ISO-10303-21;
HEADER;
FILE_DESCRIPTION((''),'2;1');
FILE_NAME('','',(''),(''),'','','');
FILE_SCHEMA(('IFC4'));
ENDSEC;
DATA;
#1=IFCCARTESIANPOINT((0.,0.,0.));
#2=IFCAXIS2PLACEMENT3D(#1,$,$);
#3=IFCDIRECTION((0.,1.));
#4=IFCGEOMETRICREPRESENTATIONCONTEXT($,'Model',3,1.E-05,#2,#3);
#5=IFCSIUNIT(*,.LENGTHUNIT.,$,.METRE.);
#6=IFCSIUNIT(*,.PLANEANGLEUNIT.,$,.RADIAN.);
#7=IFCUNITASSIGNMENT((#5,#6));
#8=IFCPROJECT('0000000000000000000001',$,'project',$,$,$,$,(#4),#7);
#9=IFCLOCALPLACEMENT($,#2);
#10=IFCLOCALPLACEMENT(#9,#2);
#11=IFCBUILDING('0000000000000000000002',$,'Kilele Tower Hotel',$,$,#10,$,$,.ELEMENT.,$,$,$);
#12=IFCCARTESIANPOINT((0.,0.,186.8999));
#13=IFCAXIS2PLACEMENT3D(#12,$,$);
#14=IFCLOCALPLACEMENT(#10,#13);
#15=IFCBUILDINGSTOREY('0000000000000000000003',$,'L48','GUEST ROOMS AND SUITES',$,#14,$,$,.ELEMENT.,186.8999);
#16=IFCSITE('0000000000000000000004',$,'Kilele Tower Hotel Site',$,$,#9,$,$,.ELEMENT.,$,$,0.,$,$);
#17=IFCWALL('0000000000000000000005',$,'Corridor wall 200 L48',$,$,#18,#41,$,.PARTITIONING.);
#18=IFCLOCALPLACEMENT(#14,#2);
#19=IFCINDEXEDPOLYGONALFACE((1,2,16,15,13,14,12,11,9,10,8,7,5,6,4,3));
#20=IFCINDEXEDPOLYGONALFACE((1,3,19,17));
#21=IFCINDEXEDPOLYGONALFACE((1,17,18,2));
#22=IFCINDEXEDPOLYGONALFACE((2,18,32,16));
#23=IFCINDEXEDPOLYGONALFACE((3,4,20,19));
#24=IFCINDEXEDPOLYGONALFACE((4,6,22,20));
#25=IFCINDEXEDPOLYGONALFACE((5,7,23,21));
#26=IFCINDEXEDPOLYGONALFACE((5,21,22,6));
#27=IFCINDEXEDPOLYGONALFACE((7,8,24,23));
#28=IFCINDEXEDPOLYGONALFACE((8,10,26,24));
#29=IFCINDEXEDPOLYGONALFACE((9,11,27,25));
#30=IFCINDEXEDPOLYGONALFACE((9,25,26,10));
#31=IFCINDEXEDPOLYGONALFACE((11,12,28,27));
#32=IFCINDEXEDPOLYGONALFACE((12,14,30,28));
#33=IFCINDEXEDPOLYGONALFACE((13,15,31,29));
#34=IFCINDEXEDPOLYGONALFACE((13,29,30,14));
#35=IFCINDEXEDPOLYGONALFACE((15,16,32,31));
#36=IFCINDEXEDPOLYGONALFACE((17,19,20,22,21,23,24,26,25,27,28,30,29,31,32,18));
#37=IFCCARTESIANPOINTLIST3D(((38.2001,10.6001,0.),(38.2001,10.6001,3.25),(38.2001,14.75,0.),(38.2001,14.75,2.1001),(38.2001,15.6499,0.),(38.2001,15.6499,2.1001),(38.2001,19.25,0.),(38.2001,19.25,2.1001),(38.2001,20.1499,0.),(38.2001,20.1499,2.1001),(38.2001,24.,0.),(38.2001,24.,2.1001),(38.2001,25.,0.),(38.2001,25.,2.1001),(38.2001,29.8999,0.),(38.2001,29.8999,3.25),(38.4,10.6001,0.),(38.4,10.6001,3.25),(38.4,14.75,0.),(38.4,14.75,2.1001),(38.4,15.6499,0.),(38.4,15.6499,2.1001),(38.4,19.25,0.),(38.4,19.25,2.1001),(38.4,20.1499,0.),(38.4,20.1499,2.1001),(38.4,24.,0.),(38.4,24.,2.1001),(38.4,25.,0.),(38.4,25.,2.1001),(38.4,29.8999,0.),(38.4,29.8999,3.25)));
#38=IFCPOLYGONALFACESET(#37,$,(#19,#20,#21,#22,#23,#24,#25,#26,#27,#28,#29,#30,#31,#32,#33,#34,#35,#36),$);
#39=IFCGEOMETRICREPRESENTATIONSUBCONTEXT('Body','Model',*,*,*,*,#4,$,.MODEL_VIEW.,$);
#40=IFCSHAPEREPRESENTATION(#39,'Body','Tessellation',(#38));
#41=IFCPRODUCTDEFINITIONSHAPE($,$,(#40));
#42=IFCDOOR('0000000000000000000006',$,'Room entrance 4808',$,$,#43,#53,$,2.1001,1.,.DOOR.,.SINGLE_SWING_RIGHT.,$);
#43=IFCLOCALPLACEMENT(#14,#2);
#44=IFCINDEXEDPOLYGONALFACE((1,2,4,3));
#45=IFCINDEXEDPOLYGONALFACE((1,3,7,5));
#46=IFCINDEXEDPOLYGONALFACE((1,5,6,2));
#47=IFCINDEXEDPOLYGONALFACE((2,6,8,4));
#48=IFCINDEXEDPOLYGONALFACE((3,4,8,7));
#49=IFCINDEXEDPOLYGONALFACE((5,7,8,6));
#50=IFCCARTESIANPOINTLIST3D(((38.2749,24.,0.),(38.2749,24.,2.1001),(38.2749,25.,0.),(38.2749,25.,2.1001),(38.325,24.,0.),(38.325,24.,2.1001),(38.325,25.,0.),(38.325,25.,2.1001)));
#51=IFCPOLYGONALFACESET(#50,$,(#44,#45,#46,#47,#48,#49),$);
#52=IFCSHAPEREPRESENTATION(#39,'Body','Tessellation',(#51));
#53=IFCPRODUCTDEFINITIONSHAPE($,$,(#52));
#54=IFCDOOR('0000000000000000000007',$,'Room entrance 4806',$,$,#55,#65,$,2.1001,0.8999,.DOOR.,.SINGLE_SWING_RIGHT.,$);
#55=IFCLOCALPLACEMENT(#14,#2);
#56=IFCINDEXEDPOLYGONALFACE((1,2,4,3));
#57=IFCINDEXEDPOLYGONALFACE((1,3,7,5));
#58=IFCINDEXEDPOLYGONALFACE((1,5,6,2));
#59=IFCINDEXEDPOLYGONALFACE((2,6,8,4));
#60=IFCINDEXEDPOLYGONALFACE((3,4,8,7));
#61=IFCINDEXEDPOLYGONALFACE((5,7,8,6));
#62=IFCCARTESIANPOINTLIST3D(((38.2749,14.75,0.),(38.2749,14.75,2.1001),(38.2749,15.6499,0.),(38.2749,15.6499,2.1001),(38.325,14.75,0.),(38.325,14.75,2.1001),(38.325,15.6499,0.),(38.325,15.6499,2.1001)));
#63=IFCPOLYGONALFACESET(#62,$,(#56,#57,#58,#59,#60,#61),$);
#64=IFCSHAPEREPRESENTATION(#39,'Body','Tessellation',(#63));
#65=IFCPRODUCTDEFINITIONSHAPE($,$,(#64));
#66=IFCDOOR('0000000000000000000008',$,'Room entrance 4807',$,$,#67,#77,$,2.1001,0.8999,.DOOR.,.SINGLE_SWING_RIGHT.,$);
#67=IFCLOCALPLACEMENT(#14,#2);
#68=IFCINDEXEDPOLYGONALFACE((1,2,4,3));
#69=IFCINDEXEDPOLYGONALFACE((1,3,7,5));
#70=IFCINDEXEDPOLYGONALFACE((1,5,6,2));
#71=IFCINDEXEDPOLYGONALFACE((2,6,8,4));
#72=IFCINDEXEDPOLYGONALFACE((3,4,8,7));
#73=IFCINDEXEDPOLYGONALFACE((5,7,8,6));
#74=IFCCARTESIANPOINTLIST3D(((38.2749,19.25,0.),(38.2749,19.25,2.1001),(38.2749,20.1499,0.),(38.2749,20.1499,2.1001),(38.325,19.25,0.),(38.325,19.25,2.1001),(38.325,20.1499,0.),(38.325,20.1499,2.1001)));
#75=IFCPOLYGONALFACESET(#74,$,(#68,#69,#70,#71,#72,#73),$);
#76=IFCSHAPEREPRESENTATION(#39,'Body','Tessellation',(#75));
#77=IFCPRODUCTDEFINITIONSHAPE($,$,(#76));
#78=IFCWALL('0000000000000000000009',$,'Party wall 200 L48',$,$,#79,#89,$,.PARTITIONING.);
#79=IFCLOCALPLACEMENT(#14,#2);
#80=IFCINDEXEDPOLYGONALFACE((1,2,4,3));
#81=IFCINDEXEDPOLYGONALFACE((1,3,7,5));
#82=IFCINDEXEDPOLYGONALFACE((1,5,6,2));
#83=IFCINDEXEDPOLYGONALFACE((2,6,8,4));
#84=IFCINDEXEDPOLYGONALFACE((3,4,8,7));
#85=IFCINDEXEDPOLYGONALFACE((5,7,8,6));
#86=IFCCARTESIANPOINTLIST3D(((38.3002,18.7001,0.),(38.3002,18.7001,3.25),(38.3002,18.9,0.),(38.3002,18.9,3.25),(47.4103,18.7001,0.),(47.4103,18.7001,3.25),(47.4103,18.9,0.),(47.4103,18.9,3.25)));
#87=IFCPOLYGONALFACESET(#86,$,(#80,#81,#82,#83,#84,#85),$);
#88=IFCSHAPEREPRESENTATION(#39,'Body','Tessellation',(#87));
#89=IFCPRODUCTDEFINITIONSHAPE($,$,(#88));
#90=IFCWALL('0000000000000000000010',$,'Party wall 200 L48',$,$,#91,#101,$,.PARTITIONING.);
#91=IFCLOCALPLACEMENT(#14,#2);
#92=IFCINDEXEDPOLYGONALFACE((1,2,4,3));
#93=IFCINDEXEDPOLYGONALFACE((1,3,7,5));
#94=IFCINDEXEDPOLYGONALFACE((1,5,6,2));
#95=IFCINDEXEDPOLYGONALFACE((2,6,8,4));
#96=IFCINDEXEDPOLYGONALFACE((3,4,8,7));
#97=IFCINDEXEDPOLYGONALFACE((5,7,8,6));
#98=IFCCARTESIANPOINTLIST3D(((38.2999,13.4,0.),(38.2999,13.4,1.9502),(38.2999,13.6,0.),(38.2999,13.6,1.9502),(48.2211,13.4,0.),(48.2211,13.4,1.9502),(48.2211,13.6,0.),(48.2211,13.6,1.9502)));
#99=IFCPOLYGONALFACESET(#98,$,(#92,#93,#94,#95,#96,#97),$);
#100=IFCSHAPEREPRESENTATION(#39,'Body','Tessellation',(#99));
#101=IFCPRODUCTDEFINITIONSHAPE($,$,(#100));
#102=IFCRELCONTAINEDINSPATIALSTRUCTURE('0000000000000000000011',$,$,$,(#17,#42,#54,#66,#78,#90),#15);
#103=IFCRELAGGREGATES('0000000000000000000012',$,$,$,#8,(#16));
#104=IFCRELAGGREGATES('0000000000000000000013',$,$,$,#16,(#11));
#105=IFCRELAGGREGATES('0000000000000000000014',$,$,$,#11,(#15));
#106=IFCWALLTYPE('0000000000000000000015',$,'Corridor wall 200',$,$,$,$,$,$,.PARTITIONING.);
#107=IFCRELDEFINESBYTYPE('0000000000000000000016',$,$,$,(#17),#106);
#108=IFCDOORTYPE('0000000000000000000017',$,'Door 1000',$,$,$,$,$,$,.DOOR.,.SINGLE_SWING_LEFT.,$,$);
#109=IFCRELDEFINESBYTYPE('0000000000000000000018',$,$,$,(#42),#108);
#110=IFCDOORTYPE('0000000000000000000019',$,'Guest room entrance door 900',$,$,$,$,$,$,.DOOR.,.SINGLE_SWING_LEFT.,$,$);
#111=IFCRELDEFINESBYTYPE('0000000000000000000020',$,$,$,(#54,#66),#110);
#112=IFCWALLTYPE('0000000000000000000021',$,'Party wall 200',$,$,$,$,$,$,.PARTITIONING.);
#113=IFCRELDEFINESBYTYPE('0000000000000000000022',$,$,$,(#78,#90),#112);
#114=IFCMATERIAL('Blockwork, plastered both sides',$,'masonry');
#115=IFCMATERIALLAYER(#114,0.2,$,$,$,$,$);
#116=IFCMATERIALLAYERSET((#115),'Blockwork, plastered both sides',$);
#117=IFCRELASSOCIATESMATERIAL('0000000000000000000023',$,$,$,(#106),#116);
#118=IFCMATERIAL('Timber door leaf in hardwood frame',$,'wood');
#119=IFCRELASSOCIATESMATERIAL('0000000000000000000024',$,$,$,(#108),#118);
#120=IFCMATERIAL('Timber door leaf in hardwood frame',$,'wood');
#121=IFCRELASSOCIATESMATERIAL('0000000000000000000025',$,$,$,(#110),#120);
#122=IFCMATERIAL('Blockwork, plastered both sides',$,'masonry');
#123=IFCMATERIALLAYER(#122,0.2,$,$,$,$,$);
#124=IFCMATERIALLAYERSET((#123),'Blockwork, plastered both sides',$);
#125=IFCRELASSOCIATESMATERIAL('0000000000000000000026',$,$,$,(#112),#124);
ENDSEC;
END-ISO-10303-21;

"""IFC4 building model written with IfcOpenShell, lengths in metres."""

from ifc_helpers import new_model, si_unit, direction, frame, frame_2d, origin, place, context, subcontext, project, spatial, rectangle, extrude, material, layer, layer_set, type_object, element, fill, save


model = new_model("IFC4")

# Units and contexts
model_context = context("Model", 3, precision=1e-05, world=origin(), true_north=direction((0.0, 1.0)))
body_context = subcontext(model_context, "Body", "Model", "MODEL_VIEW")
ifc_project = project(units=[si_unit("LENGTHUNIT", "METRE"), si_unit("PLANEANGLEUNIT", "RADIAN")], contexts=[model_context])

# Site, building, storey
site_placement = place(None, origin())
site = spatial("IfcSite", under=ifc_project, at=site_placement, Name="Kilele Tower Hotel Site", CompositionType="ELEMENT", RefElevation=0.0)
building_placement = place(site_placement, origin())
building = spatial("IfcBuilding", under=site, at=building_placement, Name="Kilele Tower Hotel", CompositionType="ELEMENT")
storey_placement = place(building_placement, frame((0.0, 0.0, 186.8999)))
storey = spatial("IfcBuildingStorey", under=building, at=storey_placement, Name="L48", Description="GUEST ROOMS AND SUITES", CompositionType="ELEMENT", Elevation=186.8999)

# Wall, openings, doors
ifc_material_1 = material(Name="Blockwork, plastered both sides", Category="masonry")
ifc_layer_1 = layer(ifc_material_1, 0.2)
ifc_layer_set_1 = layer_set([ifc_layer_1], Name="Blockwork, plastered both sides")
wall_type_1 = type_object("IfcWallType", Name="Corridor wall 200", PredefinedType="PARTITIONING", material=ifc_layer_set_1)
wall_1_placement = place(storey_placement, frame((38.3, 10.6001, 0.0), z_axis=(0.0, 0.0, 1.0), x_axis=(0.0, 1.0, 0.0)))
wall_1 = element("IfcWall", 1, at=wall_1_placement, inside=storey, type_object=wall_type_1, Name="Corridor wall 200 L48", PredefinedType="PARTITIONING", context=body_context, shape_type="SweptSolid", body=[
    extrude(rectangle(XDim=19.2998, YDim=0.2, at=frame_2d((9.6499, 0.0))), origin(), (0.0, 0.0, 1.0), 3.25),
])
opening_1_placement = place(wall_1_placement, frame((5.0498, 0.0, 0.0), z_axis=(0.0, 0.0, 1.0), x_axis=(-1.0, 0.0, 0.0)))
opening_1 = element("IfcOpeningElement", 2, at=opening_1_placement, cuts=wall_1, PredefinedType="OPENING", context=body_context, shape_type="SweptSolid", body=[
    extrude(rectangle(XDim=0.8999, YDim=2.1001, at=frame_2d((0.45, 1.05))), frame((0.0, 0.1099, 0.0), z_axis=(0.0, -1.0, 0.0), x_axis=(1.0, 0.0, 0.0)), (0.0, 0.0, 1.0), 0.22),
])
opening_2_placement = place(wall_1_placement, frame((9.5498, 0.0, 0.0), z_axis=(0.0, 0.0, 1.0), x_axis=(-1.0, 0.0, 0.0)))
opening_2 = element("IfcOpeningElement", 3, at=opening_2_placement, cuts=wall_1, PredefinedType="OPENING", context=body_context, shape_type="SweptSolid", body=[
    extrude(rectangle(XDim=0.8999, YDim=2.1001, at=frame_2d((0.45, 1.05))), frame((0.0, 0.1099, 0.0), z_axis=(0.0, -1.0, 0.0), x_axis=(1.0, 0.0, 0.0)), (0.0, 0.0, 1.0), 0.22),
])
opening_3_placement = place(wall_1_placement, frame((14.3999, 0.0, 0.0), z_axis=(0.0, 0.0, 1.0), x_axis=(-1.0, 0.0, 0.0)))
opening_3 = element("IfcOpeningElement", 4, at=opening_3_placement, cuts=wall_1, PredefinedType="OPENING", context=body_context, shape_type="SweptSolid", body=[
    extrude(rectangle(XDim=1.0, YDim=2.1001, at=frame_2d((0.5, 1.05))), frame((0.0, 0.1099, 0.0), z_axis=(0.0, -1.0, 0.0), x_axis=(1.0, 0.0, 0.0)), (0.0, 0.0, 1.0), 0.22),
])
ifc_material_2 = material(Name="Timber door leaf in hardwood frame", Category="wood")
door_type_1 = type_object("IfcDoorType", Name="Door 1000", OperationType="SINGLE_SWING_LEFT", PredefinedType="DOOR", material=ifc_material_2)
door_1_placement = place(opening_3_placement, origin())
door_1 = element("IfcDoor", 5, at=door_1_placement, inside=storey, type_object=door_type_1, Name="Room entrance 4808", OperationType="SINGLE_SWING_RIGHT", OverallHeight=2.1001, OverallWidth=1.0, PredefinedType="DOOR", context=body_context, shape_type="SweptSolid", body=[
    extrude(rectangle(XDim=1.0, YDim=2.1001, at=frame_2d((0.5, 1.05))), frame((0.0, 0.0249, 0.0), z_axis=(0.0, -1.0, 0.0), x_axis=(1.0, 0.0, 0.0)), (0.0, 0.0, 1.0), 0.05),
])
fill(opening_3, door_1)
ifc_material_3 = material(Name="Timber door leaf in hardwood frame", Category="wood")
door_type_2 = type_object("IfcDoorType", Name="Guest room entrance door 900", OperationType="SINGLE_SWING_LEFT", PredefinedType="DOOR", material=ifc_material_3)
door_2_placement = place(opening_1_placement, origin())
door_2 = element("IfcDoor", 6, at=door_2_placement, inside=storey, type_object=door_type_2, Name="Room entrance 4806", OperationType="SINGLE_SWING_RIGHT", OverallHeight=2.1001, OverallWidth=0.8999, PredefinedType="DOOR", context=body_context, shape_type="SweptSolid", body=[
    extrude(rectangle(XDim=0.8999, YDim=2.1001, at=frame_2d((0.45, 1.05))), frame((0.0, 0.0249, 0.0), z_axis=(0.0, -1.0, 0.0), x_axis=(1.0, 0.0, 0.0)), (0.0, 0.0, 1.0), 0.05),
])
fill(opening_1, door_2)
door_3_placement = place(opening_2_placement, origin())
door_3 = element("IfcDoor", 7, at=door_3_placement, inside=storey, type_object=door_type_2, Name="Room entrance 4807", OperationType="SINGLE_SWING_RIGHT", OverallHeight=2.1001, OverallWidth=0.8999, PredefinedType="DOOR", context=body_context, shape_type="SweptSolid", body=[
    extrude(rectangle(XDim=0.8999, YDim=2.1001, at=frame_2d((0.45, 1.05))), frame((0.0, 0.0249, 0.0), z_axis=(0.0, -1.0, 0.0), x_axis=(1.0, 0.0, 0.0)), (0.0, 0.0, 1.0), 0.05),
])
fill(opening_2, door_3)

# Walls
ifc_material_4 = material(Name="Blockwork, plastered both sides", Category="masonry")
ifc_layer_2 = layer(ifc_material_4, 0.2)
ifc_layer_set_2 = layer_set([ifc_layer_2], Name="Blockwork, plastered both sides")
wall_type_2 = type_object("IfcWallType", Name="Party wall 200", PredefinedType="PARTITIONING", material=ifc_layer_set_2)
wall_2_placement = place(storey_placement, frame((38.3, 18.8, 0.0), z_axis=(0.0, 0.0, 1.0), x_axis=(1.0, 0.0, 0.0)))
element("IfcWall", 8, at=wall_2_placement, inside=storey, type_object=wall_type_2, Name="Party wall 200 L48", PredefinedType="PARTITIONING", context=body_context, shape_type="SweptSolid", body=[
    extrude(rectangle(XDim=9.1101, YDim=0.2, at=frame_2d((4.5552, 0.0))), origin(), (0.0, 0.0, 1.0), 3.25),
])
wall_3_placement = place(storey_placement, frame((38.3, 13.5, 0.0), z_axis=(0.0, 0.0, 1.0), x_axis=(1.0, 0.0, 0.0)))
element("IfcWall", 9, at=wall_3_placement, inside=storey, type_object=wall_type_2, Name="Party wall 200 L48", PredefinedType="PARTITIONING", context=body_context, shape_type="SweptSolid", body=[
    extrude(rectangle(XDim=9.9211, YDim=0.2, at=frame_2d((4.9604, 0.0))), origin(), (0.0, 0.0, 1.0), 1.9502),
])

save(model, "model.ifc")
